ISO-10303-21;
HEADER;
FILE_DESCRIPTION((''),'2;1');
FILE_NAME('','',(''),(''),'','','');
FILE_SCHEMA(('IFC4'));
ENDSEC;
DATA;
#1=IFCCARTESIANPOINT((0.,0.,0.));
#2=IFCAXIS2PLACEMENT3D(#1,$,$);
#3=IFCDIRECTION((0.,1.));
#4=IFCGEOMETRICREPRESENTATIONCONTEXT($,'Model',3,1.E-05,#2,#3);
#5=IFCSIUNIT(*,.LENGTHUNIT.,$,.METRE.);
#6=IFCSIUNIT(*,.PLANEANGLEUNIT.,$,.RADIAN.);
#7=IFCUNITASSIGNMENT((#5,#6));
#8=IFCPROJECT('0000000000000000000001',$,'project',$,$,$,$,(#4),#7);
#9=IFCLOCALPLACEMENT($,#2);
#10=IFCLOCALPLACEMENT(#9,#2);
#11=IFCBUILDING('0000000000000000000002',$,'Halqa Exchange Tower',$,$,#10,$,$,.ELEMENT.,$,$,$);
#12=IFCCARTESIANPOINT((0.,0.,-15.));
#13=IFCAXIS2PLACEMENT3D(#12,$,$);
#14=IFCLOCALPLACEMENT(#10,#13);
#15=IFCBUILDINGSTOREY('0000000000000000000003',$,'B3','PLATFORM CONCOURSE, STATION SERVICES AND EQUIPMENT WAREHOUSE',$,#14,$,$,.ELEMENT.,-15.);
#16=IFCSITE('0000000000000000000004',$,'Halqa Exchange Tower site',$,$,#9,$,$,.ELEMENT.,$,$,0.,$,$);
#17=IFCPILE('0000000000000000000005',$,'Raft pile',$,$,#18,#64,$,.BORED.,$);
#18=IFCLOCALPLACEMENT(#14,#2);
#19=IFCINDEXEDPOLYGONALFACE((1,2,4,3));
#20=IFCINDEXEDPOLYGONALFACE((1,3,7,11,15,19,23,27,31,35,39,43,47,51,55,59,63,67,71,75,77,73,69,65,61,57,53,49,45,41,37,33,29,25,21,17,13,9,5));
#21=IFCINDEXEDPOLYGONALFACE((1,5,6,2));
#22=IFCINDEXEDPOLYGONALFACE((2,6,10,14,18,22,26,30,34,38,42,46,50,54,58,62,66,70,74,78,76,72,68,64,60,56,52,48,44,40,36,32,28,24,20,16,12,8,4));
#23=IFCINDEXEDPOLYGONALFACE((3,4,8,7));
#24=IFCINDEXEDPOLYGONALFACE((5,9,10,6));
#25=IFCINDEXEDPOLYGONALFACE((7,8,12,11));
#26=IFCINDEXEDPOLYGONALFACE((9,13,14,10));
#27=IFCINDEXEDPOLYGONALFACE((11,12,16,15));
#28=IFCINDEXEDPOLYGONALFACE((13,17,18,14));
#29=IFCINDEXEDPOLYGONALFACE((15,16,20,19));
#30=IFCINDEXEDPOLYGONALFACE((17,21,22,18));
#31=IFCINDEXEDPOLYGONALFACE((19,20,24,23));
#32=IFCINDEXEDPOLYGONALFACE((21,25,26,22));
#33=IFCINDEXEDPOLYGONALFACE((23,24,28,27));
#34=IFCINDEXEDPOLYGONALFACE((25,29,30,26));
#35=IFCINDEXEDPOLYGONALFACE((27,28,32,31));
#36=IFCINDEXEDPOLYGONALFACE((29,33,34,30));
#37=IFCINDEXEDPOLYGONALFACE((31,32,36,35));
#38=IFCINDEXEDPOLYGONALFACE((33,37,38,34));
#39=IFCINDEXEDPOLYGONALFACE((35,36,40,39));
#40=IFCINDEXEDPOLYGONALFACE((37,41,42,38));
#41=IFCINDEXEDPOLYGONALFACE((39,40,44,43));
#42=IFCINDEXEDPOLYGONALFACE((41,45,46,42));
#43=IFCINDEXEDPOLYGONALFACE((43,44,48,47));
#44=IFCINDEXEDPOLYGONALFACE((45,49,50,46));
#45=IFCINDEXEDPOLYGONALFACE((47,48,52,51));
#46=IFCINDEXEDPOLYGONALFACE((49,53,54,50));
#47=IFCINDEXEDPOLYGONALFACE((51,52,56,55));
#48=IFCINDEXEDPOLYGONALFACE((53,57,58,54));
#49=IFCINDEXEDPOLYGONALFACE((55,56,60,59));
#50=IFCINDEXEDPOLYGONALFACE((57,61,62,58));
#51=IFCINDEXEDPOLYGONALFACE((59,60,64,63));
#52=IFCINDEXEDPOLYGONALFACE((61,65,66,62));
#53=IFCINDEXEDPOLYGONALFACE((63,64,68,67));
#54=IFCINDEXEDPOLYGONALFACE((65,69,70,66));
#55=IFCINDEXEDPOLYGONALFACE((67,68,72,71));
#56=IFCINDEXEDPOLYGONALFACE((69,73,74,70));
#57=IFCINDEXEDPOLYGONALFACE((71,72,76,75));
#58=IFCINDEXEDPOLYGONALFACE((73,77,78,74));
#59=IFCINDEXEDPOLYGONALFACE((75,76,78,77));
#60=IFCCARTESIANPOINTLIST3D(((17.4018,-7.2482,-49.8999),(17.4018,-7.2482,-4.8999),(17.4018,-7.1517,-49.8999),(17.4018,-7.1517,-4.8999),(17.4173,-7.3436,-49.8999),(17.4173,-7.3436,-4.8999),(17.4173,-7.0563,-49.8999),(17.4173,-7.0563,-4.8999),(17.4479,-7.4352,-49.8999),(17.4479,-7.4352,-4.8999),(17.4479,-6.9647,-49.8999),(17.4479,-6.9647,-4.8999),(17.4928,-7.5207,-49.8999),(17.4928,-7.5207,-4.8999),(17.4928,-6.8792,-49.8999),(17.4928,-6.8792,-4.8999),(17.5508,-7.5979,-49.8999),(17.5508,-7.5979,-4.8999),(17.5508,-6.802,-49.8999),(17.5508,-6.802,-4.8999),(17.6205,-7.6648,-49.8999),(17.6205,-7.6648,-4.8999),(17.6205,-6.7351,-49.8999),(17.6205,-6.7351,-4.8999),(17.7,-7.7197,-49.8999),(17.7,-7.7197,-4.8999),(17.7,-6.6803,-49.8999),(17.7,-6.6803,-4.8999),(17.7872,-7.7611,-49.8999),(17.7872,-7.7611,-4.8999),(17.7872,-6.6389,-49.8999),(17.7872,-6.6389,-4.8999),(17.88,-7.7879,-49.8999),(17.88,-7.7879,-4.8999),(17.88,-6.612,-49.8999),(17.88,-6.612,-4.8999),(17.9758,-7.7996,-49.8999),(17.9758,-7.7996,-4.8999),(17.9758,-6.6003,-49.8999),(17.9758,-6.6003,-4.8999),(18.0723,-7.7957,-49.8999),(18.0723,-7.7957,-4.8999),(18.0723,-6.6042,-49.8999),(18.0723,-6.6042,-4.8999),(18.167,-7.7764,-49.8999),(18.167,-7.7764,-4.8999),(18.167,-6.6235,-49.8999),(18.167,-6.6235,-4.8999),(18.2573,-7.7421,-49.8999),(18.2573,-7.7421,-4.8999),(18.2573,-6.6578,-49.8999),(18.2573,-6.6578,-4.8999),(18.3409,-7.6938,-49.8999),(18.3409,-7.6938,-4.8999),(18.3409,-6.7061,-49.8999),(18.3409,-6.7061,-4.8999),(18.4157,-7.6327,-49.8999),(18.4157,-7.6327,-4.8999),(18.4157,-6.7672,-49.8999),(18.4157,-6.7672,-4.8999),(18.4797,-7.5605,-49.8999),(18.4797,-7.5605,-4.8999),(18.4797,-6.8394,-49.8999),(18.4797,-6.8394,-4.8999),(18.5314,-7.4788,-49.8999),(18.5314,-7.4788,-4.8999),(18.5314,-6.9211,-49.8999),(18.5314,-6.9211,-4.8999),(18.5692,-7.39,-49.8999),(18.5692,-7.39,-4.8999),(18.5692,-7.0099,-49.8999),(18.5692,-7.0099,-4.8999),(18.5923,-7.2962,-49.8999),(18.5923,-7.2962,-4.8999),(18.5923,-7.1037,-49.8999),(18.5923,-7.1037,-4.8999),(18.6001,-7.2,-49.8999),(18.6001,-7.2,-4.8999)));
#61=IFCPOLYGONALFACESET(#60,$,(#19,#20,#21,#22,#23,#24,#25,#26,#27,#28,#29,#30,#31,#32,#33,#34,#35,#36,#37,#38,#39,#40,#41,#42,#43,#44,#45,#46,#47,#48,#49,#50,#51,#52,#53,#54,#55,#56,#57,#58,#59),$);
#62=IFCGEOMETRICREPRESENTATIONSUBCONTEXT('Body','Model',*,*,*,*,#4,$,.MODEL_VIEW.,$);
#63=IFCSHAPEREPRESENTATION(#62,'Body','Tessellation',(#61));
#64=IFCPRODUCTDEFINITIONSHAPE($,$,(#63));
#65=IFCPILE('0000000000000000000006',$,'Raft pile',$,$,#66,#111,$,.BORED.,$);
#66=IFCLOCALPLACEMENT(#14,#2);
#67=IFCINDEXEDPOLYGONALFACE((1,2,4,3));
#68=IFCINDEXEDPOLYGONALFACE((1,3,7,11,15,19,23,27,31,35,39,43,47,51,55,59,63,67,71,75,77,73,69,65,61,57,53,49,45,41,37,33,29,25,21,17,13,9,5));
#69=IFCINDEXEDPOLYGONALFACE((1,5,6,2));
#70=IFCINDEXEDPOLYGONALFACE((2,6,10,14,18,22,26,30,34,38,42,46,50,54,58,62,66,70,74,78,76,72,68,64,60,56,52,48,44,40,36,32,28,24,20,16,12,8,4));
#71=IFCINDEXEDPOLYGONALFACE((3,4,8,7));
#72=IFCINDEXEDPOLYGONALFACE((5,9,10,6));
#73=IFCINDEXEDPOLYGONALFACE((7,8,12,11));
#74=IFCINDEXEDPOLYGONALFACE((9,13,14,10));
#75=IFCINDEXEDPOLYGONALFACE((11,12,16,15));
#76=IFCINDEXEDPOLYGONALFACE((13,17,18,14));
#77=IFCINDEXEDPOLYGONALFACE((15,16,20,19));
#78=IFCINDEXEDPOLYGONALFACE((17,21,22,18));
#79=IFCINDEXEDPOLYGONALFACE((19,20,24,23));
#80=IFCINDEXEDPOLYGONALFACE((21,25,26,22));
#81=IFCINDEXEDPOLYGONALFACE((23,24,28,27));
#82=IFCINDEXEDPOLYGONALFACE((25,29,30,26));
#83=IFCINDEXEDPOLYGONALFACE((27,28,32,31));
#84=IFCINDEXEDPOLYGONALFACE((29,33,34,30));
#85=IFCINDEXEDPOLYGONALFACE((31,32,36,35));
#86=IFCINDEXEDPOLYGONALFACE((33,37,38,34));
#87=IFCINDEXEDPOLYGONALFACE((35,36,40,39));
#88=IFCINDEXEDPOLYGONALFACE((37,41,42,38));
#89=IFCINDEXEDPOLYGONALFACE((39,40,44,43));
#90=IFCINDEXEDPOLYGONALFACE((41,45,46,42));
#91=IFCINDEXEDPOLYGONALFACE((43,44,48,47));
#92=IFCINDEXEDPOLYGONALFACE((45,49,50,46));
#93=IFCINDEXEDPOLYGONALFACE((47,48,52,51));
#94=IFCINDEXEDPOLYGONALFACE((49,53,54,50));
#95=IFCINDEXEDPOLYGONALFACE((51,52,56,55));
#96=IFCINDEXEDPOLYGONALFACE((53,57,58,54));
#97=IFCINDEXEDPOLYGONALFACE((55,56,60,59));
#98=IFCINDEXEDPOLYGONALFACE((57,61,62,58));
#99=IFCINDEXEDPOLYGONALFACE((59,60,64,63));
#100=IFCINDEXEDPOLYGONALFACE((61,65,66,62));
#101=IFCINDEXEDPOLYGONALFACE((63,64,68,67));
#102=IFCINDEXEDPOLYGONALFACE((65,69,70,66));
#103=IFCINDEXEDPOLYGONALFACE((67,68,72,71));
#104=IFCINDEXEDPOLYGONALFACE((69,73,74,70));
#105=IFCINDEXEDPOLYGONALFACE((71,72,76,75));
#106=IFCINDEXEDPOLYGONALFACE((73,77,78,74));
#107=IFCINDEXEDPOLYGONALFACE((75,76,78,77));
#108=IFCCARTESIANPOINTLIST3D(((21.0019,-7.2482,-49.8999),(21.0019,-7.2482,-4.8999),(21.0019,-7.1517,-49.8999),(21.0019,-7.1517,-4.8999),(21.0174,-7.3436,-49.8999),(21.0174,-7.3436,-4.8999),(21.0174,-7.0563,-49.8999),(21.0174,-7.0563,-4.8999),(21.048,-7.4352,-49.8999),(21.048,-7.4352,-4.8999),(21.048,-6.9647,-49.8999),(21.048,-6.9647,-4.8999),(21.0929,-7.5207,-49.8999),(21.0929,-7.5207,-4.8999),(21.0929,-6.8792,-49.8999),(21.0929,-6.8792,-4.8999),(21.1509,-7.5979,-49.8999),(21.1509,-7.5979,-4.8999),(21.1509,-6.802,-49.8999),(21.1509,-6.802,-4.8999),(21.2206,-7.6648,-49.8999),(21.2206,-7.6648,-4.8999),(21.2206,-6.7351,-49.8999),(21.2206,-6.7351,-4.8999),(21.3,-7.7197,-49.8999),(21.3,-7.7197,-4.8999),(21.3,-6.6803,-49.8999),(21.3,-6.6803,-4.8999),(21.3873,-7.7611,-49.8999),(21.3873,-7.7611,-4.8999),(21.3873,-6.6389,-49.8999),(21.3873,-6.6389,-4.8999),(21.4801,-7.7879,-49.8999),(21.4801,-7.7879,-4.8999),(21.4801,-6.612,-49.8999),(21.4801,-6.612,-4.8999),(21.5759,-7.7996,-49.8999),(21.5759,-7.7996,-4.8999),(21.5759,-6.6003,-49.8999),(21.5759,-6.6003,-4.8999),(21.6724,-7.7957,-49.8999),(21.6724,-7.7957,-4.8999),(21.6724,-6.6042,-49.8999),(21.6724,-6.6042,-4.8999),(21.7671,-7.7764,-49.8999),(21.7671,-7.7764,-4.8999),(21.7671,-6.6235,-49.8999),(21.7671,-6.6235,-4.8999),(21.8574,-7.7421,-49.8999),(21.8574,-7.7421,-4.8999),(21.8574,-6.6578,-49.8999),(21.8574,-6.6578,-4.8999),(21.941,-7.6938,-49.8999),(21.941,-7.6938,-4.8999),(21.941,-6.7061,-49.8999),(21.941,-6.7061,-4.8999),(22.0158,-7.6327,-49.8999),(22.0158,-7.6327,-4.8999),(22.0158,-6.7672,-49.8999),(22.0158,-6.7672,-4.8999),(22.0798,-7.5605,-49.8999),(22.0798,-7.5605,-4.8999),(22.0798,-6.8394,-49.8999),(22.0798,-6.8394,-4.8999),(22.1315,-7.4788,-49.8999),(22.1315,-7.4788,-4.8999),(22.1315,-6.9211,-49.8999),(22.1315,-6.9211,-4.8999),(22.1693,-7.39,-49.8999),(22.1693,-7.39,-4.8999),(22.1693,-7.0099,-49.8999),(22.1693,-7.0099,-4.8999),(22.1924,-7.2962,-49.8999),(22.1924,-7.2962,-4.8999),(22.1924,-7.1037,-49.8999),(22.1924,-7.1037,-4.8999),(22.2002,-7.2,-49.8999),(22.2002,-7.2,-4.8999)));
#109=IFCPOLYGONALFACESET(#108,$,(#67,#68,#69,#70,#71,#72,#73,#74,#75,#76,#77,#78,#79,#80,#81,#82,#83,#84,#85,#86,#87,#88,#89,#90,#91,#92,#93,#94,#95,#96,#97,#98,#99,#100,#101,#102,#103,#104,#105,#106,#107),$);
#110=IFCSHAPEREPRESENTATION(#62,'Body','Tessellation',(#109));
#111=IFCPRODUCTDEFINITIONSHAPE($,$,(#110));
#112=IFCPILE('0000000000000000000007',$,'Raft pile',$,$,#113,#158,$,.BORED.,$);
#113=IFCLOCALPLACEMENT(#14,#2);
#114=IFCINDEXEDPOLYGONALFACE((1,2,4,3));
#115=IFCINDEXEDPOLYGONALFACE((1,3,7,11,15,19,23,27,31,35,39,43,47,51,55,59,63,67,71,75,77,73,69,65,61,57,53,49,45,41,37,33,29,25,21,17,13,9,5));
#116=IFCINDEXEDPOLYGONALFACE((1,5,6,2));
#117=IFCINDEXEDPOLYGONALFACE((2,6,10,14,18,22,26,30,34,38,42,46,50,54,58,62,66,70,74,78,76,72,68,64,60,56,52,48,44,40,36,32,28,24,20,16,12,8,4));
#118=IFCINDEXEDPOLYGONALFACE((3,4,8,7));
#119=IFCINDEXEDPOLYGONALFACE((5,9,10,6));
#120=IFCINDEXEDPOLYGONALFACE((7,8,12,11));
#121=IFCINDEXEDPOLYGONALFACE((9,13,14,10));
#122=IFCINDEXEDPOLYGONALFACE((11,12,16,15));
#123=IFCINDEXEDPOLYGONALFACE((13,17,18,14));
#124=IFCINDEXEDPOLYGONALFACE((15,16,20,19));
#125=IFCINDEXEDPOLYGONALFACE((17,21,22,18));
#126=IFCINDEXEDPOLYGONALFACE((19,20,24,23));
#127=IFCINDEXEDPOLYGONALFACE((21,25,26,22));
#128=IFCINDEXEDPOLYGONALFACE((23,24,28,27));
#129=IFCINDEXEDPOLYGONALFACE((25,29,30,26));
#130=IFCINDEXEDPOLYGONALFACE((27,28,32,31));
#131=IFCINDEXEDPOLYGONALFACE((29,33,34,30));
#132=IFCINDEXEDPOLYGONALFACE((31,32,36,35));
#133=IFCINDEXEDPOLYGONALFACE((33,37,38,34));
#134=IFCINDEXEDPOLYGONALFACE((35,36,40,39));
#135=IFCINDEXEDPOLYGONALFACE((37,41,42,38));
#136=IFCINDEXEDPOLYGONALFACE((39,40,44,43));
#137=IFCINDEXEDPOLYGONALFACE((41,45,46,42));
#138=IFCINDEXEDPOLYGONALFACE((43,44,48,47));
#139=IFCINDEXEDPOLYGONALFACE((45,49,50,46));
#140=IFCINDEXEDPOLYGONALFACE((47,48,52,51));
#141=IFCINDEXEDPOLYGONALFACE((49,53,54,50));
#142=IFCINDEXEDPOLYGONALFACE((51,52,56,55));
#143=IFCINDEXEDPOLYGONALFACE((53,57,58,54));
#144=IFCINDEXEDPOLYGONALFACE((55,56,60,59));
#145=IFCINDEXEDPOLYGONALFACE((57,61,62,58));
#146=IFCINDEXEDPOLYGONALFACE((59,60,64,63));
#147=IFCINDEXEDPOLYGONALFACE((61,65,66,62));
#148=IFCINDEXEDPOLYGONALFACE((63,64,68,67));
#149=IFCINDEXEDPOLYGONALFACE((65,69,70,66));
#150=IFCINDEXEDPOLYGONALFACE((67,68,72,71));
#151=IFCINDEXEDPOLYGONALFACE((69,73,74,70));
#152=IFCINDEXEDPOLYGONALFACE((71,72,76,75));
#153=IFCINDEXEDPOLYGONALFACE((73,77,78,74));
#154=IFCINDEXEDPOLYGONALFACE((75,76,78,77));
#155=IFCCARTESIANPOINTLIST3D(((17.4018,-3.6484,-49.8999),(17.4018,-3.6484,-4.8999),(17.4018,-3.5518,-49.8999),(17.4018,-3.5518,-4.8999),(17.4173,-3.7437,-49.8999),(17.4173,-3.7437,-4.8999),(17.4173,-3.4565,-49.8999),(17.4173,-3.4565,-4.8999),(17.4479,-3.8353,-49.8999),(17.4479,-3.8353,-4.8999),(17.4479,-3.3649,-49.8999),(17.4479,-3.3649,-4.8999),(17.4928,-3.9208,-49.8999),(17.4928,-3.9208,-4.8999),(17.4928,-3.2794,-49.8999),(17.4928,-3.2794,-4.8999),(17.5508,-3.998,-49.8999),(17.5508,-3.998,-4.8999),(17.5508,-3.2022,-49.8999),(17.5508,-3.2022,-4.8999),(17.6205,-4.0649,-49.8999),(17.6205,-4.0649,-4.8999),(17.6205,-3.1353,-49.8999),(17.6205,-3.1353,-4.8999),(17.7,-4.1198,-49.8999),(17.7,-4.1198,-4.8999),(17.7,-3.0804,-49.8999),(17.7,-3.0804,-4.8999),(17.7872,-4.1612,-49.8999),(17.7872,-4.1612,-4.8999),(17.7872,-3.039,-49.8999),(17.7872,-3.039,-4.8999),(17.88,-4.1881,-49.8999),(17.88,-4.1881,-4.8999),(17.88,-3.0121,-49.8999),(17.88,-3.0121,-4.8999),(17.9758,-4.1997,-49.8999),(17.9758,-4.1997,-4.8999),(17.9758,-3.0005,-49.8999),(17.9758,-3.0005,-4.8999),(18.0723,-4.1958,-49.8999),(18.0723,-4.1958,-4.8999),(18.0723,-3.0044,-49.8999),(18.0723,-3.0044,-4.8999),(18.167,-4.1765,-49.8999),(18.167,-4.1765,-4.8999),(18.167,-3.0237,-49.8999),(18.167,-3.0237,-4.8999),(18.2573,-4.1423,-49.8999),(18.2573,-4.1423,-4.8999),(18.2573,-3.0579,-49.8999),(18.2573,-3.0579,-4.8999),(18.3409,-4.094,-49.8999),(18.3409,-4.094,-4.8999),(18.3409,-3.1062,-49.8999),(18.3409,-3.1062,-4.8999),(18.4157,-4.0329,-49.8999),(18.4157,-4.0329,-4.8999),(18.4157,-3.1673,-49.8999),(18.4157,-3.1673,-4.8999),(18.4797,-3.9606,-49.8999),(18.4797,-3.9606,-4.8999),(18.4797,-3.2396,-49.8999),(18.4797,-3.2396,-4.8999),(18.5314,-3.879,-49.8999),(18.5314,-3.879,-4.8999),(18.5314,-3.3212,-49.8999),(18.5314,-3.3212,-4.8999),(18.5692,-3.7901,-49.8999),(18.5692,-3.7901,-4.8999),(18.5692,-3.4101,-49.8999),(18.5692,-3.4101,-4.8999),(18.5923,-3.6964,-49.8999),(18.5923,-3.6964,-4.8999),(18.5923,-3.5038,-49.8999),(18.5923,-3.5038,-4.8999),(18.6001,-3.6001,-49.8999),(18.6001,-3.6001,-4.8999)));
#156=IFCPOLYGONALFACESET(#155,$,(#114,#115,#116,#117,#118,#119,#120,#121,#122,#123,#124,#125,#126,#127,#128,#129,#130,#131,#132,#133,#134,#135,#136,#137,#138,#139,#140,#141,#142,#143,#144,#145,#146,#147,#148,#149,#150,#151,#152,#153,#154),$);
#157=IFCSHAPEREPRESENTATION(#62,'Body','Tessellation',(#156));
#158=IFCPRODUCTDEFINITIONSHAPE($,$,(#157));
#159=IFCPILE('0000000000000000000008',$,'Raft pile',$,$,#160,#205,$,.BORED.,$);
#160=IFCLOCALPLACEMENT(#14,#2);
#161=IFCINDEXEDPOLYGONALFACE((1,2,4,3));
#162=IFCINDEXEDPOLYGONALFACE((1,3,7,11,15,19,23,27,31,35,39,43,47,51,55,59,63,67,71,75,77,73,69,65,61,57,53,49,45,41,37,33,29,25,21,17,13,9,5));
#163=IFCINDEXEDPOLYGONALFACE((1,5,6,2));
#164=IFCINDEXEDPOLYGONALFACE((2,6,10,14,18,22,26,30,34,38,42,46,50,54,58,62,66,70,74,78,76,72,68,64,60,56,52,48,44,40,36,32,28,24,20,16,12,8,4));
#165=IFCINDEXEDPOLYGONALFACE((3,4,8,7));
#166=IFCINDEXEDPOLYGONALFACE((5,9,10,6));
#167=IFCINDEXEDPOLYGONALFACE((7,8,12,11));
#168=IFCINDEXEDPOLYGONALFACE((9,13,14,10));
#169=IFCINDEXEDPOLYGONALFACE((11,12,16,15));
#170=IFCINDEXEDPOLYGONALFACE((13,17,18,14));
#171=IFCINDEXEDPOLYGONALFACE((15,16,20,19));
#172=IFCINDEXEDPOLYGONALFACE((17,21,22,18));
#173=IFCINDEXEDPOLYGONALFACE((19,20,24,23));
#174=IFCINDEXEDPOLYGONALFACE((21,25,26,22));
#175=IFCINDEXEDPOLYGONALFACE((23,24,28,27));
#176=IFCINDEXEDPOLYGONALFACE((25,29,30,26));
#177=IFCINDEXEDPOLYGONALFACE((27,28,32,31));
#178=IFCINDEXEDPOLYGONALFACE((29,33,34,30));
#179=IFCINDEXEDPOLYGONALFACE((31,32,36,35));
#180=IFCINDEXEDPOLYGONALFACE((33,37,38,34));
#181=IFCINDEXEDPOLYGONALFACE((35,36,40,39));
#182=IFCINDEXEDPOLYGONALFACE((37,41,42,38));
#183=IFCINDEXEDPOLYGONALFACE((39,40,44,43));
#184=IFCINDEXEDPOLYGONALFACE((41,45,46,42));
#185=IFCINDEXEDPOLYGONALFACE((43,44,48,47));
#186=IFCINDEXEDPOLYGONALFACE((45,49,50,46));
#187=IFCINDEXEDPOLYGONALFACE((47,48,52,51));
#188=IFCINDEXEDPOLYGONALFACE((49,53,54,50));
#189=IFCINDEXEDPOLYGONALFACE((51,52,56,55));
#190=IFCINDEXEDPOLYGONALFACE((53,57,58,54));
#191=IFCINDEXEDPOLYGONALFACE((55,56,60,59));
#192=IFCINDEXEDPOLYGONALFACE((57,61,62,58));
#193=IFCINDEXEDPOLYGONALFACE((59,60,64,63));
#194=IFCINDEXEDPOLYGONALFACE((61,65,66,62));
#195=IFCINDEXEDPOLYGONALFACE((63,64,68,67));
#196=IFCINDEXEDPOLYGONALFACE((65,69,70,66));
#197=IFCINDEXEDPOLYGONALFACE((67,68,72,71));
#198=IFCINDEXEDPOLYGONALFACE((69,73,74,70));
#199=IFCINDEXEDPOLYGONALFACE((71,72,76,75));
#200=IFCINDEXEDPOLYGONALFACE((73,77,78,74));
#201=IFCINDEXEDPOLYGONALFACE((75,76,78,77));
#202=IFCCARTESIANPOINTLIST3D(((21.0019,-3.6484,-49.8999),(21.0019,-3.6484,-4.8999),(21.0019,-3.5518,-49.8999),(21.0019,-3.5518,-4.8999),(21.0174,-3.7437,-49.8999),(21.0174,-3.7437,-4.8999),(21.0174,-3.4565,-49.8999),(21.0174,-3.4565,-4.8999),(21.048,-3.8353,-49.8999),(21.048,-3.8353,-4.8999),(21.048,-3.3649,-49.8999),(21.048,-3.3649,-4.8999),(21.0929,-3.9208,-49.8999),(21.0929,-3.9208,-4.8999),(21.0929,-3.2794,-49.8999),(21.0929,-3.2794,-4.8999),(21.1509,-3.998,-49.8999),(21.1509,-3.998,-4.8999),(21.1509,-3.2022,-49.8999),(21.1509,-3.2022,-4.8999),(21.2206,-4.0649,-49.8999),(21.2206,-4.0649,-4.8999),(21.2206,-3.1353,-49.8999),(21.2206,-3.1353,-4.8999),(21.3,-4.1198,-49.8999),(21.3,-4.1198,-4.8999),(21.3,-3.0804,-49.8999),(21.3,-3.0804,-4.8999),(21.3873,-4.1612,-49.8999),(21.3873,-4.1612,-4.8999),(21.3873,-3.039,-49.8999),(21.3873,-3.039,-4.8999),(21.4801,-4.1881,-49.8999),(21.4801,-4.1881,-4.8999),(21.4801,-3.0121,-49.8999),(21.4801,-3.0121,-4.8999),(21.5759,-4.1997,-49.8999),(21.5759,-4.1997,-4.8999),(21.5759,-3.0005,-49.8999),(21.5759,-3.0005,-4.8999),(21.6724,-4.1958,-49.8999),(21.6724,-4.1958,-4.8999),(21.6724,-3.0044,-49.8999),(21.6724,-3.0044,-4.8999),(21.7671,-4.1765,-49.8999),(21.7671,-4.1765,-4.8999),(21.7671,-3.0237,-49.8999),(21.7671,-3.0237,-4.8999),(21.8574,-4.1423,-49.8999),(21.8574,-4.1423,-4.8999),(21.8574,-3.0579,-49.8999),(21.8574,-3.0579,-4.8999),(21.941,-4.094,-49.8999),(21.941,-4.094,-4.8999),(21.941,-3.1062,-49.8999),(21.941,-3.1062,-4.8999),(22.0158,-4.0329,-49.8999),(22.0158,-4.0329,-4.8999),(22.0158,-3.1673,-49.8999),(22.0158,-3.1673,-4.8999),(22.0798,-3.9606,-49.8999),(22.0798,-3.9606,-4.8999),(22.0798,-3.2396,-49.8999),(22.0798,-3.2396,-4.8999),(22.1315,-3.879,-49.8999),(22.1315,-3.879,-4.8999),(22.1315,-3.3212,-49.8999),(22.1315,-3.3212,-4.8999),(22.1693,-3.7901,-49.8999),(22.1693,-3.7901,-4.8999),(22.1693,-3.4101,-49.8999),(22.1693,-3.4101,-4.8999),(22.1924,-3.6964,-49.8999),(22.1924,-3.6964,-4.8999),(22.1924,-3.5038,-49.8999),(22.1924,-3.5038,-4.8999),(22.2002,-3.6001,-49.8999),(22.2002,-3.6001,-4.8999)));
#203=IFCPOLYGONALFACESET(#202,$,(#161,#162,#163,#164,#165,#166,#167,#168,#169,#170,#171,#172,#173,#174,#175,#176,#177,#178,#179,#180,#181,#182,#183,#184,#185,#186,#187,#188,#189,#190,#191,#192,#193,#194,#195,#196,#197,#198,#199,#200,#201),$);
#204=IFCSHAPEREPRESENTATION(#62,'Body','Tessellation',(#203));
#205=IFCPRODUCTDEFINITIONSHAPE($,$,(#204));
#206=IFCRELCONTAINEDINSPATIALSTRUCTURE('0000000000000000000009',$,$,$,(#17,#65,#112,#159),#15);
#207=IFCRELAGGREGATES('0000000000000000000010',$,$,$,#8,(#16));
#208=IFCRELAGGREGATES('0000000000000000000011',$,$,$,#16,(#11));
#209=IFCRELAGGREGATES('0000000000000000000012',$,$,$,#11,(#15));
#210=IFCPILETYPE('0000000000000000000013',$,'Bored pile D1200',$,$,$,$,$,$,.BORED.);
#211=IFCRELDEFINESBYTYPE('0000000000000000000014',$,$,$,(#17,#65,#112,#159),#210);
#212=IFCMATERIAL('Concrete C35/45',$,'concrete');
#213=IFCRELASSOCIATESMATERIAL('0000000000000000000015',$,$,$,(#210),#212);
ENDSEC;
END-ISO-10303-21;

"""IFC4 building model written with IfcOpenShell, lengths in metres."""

from ifc_helpers import new_model, si_unit, direction, frame, origin, origin_2d, place, context, subcontext, project, spatial, circle, extrude, material, material_profile, profile_set, type_object, element, save


model = new_model("IFC4")

# Units and contexts
model_context = context("Model", 3, precision=1e-05, world=origin(), true_north=direction((0.0, 1.0)))
body_context = subcontext(model_context, "Body", "Model", "MODEL_VIEW")
ifc_project = project(units=[si_unit("LENGTHUNIT", "METRE"), si_unit("PLANEANGLEUNIT", "RADIAN")], contexts=[model_context])

# Site, building, storey
site_placement = place(None, origin())
site = spatial("IfcSite", under=ifc_project, at=site_placement, Name="Halqa Exchange Tower site", CompositionType="ELEMENT", RefElevation=0.0)
building_placement = place(site_placement, origin())
building = spatial("IfcBuilding", under=site, at=building_placement, Name="Halqa Exchange Tower", CompositionType="ELEMENT")
storey_placement = place(building_placement, frame((0.0, 0.0, -15.0)))
storey = spatial("IfcBuildingStorey", under=building, at=storey_placement, Name="B3", Description="PLATFORM CONCOURSE, STATION SERVICES AND EQUIPMENT WAREHOUSE", CompositionType="ELEMENT", Elevation=-15.0)

# Piles
ifc_material_1 = material(Name="Concrete C35/45", Category="concrete")
ifc_material_profile_1 = material_profile(ifc_material_1, circle(Radius=0.6001, at=origin_2d()), Name="D1200")
ifc_profile_set_1 = profile_set([ifc_material_profile_1], Name="Concrete C35/45")
pile_type_1 = type_object("IfcPileType", Name="Bored pile D1200", PredefinedType="BORED", material=ifc_profile_set_1)
for number, where, z_axis, x_axis, name in (
    (1, (18.0, -7.2, -4.8999), (0.0, 0.0, -1.0), (1.0, 0.0, 0.0), "Raft pile"),
    (2, (21.6001, -7.2, -4.8999), (0.0, 0.0, -1.0), (1.0, 0.0, 0.0), "Raft pile"),
    (3, (18.0, -3.6001, -4.8999), (0.0, 0.0, -1.0), (1.0, 0.0, 0.0), "Raft pile"),
    (4, (21.6001, -3.6001, -4.8999), (0.0, 0.0, -1.0), (1.0, 0.0, 0.0), "Raft pile"),
):
    element("IfcPile", number, at=place(storey_placement, frame(where, z_axis=z_axis, x_axis=x_axis)), inside=storey, type_object=pile_type_1, Name=name, PredefinedType="BORED", context=body_context, shape_type="SweptSolid", body=[
        extrude(circle(Radius=0.6001, at=origin_2d()), origin(), (0.0, 0.0, 1.0), 45.0),
    ])

save(model, "model.ifc")
